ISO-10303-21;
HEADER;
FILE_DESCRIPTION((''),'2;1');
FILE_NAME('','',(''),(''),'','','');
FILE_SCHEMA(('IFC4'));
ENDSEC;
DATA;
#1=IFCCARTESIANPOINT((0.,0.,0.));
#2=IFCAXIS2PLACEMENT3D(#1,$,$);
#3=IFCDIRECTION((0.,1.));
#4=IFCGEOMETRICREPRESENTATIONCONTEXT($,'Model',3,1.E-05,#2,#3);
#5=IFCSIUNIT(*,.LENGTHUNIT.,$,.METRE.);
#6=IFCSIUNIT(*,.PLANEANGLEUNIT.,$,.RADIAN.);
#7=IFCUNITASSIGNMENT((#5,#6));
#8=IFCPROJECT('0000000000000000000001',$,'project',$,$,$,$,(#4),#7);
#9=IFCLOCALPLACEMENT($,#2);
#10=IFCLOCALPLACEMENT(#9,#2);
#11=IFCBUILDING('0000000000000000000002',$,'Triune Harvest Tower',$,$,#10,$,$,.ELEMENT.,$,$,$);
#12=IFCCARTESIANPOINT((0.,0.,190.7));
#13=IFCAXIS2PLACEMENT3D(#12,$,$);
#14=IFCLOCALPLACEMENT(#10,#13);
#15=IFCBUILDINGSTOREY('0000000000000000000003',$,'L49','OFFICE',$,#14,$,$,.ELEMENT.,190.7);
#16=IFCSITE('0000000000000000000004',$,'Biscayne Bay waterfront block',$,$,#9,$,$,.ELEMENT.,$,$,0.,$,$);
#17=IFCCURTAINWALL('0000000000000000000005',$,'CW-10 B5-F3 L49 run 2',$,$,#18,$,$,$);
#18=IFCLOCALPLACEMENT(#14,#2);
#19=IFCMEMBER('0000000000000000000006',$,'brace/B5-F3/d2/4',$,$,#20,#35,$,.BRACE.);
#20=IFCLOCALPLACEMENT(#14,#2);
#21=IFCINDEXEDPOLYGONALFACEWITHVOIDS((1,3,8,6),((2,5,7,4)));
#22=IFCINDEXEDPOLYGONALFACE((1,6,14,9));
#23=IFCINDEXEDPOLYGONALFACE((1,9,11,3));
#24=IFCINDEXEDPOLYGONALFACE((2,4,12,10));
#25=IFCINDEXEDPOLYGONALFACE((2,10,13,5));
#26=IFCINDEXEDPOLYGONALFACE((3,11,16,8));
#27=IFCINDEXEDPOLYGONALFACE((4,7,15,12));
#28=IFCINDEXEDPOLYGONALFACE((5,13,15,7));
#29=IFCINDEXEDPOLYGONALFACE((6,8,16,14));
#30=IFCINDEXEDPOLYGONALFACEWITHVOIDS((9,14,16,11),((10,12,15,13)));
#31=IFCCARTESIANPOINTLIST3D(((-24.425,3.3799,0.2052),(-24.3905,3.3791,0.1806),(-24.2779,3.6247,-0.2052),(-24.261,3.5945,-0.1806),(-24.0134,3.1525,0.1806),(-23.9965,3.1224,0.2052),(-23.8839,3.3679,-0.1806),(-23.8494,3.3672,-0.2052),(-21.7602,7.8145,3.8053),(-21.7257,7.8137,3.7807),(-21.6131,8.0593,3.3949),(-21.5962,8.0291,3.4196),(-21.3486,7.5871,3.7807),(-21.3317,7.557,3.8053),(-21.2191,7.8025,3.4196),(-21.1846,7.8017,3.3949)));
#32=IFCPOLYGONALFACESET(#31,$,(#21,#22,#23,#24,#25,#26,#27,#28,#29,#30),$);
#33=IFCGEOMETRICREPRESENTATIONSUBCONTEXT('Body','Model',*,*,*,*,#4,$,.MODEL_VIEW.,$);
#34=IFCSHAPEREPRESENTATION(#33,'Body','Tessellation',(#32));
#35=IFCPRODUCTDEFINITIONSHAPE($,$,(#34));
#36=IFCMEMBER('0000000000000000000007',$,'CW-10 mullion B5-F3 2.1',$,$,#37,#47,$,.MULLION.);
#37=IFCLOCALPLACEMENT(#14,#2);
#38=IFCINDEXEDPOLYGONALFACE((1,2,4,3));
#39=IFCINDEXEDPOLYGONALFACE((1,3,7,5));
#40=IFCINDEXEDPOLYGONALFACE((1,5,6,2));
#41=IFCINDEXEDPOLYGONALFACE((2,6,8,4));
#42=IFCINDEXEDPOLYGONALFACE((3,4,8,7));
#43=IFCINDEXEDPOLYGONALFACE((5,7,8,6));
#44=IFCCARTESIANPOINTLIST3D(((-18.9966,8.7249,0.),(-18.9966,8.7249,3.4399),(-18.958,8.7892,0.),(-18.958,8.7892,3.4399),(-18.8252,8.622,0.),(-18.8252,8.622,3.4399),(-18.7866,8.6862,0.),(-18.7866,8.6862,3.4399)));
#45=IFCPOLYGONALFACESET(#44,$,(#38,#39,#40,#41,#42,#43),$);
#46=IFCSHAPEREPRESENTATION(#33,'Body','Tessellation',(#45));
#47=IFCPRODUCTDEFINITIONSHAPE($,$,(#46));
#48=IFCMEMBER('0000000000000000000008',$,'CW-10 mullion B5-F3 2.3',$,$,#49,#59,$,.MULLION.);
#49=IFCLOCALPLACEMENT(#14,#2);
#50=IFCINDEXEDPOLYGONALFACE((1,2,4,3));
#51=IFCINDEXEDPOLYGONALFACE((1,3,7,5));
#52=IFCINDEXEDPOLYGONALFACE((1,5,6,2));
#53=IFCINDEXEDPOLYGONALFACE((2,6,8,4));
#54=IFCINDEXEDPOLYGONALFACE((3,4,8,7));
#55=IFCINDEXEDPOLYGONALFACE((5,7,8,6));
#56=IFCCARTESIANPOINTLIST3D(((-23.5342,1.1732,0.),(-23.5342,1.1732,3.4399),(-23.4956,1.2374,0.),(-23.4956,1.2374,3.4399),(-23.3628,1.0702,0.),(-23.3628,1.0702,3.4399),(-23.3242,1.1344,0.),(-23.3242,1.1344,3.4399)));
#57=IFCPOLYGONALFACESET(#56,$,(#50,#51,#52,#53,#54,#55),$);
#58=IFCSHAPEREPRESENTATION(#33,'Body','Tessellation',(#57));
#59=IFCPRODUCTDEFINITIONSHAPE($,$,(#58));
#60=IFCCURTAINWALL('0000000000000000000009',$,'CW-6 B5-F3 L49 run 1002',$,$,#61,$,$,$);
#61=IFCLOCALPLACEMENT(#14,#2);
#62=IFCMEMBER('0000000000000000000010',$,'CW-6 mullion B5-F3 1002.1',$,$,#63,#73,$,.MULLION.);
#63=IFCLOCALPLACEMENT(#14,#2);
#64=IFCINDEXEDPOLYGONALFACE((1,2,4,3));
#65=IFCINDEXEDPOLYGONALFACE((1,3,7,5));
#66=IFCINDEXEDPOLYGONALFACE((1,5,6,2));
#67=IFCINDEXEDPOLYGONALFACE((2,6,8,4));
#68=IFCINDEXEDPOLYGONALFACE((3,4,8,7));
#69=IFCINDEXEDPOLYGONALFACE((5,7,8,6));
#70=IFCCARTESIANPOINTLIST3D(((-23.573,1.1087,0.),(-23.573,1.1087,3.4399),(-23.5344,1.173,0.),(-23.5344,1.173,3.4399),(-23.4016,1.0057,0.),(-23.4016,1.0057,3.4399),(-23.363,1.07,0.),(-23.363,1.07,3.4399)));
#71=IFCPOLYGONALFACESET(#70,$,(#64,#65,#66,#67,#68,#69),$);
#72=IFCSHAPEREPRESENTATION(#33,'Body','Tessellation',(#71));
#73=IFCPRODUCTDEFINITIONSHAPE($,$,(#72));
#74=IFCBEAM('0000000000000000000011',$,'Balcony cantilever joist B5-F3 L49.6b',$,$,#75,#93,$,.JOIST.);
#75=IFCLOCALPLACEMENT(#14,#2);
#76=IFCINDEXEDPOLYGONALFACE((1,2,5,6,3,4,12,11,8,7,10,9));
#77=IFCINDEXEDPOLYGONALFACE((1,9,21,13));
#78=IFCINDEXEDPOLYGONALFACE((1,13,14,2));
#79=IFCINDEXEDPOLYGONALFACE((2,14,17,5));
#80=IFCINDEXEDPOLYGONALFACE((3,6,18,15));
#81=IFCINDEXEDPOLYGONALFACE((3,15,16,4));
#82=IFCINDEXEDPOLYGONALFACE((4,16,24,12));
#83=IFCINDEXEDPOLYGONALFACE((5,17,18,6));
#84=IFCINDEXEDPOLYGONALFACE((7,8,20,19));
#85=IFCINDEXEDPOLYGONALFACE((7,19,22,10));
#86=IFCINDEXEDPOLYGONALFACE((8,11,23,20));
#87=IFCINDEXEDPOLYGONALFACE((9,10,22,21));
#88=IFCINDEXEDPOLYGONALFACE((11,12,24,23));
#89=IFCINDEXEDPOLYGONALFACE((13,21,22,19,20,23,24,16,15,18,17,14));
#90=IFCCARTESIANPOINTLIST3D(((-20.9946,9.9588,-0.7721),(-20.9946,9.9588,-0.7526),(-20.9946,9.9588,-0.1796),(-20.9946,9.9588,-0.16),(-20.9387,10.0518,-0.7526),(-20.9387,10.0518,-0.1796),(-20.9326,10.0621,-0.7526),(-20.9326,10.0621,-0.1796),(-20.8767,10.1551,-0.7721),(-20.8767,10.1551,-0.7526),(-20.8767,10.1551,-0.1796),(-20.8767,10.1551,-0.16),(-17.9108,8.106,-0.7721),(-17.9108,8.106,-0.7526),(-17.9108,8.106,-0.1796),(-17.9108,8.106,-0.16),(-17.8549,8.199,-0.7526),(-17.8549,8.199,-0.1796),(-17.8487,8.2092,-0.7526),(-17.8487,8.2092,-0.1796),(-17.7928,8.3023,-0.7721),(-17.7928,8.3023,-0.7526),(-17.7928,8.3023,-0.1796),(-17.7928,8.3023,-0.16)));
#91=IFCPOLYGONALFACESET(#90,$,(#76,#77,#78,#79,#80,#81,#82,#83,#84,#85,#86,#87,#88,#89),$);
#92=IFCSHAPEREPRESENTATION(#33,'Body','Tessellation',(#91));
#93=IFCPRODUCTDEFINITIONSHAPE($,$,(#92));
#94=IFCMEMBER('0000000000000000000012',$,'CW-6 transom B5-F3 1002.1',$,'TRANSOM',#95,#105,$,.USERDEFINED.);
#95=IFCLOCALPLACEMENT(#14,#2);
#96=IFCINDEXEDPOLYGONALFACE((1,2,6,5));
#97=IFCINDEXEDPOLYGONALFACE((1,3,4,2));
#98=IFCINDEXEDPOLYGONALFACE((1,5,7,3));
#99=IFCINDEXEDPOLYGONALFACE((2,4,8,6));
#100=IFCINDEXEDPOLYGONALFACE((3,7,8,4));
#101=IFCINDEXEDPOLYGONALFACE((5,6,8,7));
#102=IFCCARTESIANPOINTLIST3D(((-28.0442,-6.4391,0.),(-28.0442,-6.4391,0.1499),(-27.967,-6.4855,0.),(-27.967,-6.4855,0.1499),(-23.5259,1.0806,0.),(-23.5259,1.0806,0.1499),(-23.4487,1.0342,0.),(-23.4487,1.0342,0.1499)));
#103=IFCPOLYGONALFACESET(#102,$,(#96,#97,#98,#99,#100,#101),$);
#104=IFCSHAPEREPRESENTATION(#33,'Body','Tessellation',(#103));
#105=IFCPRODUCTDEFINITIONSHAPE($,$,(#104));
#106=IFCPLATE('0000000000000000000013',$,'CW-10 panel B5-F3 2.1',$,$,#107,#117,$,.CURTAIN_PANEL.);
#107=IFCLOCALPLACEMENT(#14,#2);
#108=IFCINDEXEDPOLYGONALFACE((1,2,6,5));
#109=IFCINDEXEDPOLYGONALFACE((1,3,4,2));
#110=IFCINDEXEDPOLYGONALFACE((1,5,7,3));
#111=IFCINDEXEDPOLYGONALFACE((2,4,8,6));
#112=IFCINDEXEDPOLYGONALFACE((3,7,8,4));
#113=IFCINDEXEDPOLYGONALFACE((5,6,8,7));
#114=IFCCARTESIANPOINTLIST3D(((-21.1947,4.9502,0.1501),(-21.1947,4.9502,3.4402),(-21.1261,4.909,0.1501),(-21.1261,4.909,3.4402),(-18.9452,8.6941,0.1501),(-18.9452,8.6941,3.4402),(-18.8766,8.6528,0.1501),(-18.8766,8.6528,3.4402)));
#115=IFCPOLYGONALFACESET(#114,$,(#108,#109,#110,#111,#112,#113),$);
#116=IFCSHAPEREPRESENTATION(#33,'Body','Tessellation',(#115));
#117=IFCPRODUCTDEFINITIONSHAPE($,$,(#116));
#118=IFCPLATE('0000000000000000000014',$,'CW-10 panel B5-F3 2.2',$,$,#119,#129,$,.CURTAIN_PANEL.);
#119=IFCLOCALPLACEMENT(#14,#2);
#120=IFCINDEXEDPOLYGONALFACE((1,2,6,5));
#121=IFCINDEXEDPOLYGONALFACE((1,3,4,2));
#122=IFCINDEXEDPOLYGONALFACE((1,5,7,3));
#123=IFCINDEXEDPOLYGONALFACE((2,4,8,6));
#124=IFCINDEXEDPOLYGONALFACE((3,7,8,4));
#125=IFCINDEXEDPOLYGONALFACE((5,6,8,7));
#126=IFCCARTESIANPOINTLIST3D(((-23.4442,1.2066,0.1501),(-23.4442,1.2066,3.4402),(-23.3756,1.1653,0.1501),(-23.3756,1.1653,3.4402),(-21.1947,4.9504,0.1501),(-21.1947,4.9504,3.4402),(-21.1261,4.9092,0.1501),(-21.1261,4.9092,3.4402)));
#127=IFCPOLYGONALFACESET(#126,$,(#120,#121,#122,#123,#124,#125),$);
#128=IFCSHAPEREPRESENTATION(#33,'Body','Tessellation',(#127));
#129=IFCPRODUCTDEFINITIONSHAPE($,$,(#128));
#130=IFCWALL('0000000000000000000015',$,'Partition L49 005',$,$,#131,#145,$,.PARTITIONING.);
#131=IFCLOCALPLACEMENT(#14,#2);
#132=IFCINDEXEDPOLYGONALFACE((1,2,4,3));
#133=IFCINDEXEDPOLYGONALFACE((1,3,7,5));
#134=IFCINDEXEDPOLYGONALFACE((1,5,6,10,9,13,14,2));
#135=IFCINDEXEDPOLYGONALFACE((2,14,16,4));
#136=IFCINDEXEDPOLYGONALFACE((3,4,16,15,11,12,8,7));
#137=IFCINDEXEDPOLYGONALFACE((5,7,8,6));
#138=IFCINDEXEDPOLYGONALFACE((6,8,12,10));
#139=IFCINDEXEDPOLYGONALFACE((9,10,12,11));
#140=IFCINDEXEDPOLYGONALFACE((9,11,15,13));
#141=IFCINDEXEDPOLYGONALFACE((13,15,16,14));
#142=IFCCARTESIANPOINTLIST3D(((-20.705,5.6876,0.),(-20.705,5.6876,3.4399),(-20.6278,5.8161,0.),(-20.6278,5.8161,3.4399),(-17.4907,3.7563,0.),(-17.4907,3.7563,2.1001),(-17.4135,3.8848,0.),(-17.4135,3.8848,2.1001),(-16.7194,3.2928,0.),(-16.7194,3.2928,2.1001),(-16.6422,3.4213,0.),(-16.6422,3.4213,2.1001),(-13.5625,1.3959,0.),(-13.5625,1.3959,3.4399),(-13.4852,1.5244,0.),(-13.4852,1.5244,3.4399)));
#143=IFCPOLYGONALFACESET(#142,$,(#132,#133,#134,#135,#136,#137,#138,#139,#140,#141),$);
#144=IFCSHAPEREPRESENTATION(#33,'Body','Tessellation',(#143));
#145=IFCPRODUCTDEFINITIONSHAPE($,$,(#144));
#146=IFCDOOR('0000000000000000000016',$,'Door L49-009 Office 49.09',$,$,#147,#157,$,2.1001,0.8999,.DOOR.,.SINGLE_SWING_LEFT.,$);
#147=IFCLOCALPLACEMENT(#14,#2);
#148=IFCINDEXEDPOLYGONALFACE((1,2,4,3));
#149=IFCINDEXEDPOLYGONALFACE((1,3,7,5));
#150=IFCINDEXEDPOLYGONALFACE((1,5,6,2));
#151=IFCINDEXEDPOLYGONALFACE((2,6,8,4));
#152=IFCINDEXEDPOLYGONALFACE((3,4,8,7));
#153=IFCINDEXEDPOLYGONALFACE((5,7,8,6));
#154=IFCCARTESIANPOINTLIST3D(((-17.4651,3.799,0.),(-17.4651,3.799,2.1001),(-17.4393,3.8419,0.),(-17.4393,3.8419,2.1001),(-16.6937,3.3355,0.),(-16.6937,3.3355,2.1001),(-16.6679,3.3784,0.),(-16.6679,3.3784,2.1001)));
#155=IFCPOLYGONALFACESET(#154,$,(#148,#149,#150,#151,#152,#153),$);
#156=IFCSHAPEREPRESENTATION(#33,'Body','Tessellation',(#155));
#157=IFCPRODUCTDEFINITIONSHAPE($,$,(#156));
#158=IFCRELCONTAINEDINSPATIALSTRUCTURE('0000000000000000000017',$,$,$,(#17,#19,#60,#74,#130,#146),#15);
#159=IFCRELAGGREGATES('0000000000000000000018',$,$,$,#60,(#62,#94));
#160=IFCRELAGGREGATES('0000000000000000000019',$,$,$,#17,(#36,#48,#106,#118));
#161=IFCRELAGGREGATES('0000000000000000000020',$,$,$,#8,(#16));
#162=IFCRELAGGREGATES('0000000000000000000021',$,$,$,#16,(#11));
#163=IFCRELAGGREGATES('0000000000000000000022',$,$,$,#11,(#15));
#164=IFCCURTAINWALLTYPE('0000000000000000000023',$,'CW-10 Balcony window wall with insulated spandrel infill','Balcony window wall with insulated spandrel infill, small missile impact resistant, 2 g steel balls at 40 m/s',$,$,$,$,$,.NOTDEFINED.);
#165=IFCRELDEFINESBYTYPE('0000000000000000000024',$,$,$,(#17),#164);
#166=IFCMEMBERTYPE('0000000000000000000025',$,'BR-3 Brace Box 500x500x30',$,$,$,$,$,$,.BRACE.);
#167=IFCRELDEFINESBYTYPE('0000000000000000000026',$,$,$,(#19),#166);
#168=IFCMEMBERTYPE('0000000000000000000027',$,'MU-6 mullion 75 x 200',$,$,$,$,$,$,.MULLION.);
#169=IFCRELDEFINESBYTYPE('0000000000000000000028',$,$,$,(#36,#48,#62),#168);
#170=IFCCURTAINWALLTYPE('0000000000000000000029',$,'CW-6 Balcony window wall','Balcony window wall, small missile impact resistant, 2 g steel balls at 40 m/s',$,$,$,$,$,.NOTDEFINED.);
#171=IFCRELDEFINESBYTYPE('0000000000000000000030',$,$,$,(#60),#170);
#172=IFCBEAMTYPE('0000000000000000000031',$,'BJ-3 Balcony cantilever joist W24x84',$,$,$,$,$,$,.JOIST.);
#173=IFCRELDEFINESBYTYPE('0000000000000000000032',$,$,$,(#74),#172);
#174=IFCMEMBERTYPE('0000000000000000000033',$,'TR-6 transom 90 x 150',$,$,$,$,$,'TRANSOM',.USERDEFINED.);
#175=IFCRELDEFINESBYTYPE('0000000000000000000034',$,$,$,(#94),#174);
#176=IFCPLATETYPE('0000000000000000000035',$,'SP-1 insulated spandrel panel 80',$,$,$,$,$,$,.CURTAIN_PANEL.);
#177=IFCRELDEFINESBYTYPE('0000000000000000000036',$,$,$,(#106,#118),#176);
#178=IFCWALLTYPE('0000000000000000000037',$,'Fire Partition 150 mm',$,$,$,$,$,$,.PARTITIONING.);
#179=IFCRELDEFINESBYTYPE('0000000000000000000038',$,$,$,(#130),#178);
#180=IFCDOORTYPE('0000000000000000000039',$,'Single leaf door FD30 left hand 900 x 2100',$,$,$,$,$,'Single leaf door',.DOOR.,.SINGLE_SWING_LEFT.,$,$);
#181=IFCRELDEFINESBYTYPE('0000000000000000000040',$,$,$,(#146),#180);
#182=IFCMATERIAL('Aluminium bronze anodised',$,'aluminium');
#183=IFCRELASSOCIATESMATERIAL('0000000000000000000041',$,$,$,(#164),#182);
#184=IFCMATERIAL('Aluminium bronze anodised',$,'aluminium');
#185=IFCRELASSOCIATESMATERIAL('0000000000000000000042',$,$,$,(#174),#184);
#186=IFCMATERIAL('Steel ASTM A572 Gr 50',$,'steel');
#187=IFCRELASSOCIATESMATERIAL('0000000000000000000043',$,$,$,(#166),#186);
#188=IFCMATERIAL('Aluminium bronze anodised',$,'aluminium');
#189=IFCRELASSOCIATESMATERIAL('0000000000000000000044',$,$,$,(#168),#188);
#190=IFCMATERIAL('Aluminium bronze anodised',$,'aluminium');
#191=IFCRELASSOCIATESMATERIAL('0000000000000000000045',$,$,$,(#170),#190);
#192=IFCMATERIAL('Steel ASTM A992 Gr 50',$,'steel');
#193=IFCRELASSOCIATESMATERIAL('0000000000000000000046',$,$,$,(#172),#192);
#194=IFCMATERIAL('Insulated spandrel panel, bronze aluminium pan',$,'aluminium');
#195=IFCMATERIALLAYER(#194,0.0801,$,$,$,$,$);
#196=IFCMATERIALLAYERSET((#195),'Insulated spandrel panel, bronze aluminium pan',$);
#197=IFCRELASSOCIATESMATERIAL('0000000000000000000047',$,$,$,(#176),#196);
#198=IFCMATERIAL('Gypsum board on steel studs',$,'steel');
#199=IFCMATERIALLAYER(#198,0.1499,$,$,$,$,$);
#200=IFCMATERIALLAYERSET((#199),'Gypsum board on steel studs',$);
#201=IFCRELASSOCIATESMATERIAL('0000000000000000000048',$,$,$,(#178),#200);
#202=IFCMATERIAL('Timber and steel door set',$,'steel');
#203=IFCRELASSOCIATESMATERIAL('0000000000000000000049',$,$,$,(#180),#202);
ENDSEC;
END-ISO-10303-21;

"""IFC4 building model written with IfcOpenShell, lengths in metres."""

from ifc_helpers import new_model, si_unit, direction, frame, frame_2d, origin, origin_2d, place, context, subcontext, project, spatial, rectangle, hollow_rectangle, i_section, extrude, source, transform, mapped, material, layer, layer_set, material_profile, profile_set, type_object, element, fill, aggregate, save


model = new_model("IFC4")

# Units and contexts
model_context = context("Model", 3, precision=1e-05, world=origin(), true_north=direction((0.0, 1.0)))
body_context = subcontext(model_context, "Body", "Model", "MODEL_VIEW")
ifc_project = project(units=[si_unit("LENGTHUNIT", "METRE"), si_unit("PLANEANGLEUNIT", "RADIAN")], contexts=[model_context])

# Site, building, storey
site_placement = place(None, origin())
site = spatial("IfcSite", under=ifc_project, at=site_placement, Name="Biscayne Bay waterfront block", CompositionType="ELEMENT", RefElevation=0.0)
building_placement = place(site_placement, origin())
building = spatial("IfcBuilding", under=site, at=building_placement, Name="Triune Harvest Tower", CompositionType="ELEMENT")
storey_placement = place(building_placement, frame((0.0, 0.0, 190.7)))
storey = spatial("IfcBuildingStorey", under=building, at=storey_placement, Name="L49", Description="OFFICE", CompositionType="ELEMENT", Elevation=190.7)

# Curtain wall
ifc_material_1 = material(Name="Aluminium bronze anodised", Category="aluminium")
curtain_wall_type_1 = type_object("IfcCurtainWallType", Name="CW-10 Balcony window wall with insulated spandrel infill", Description="Balcony window wall with insulated spandrel infill, small missile impact resistant, 2 g steel balls at 40 m/s", PredefinedType="NOTDEFINED", material=ifc_material_1)
curtain_wall_1_placement = place(storey_placement, origin())
curtain_wall_1 = element("IfcCurtainWall", 1, at=curtain_wall_1_placement, inside=storey, type_object=curtain_wall_type_1, Name="CW-10 B5-F3 L49 run 2")
ifc_material_2 = material(Name="Aluminium bronze anodised", Category="aluminium")
ifc_material_profile_1 = material_profile(ifc_material_2, rectangle(XDim=0.0901, YDim=0.1499, at=origin_2d()), Name="TR-6 transom 90 x 150")
ifc_profile_set_1 = profile_set([ifc_material_profile_1], Name="Aluminium bronze anodised")
member_type_1 = type_object("IfcMemberType", Name="TR-6 transom 90 x 150", ElementType="TRANSOM", PredefinedType="USERDEFINED", material=ifc_profile_set_1)

# Members
ifc_material_3 = material(Name="Steel ASTM A572 Gr 50", Category="steel")
ifc_material_profile_2 = material_profile(ifc_material_3, hollow_rectangle(XDim=0.5, YDim=0.5, WallThickness=0.03, at=origin_2d()), Name="Box 500x500x30")
ifc_profile_set_2 = profile_set([ifc_material_profile_2], Name="Steel ASTM A572 Gr 50")
member_type_2 = type_object("IfcMemberType", Name="BR-3 Brace Box 500x500x30", PredefinedType="BRACE", material=ifc_profile_set_2)
shared_shape_1 = source(origin(), body_context, "Body", "SweptSolid", [
    extrude(hollow_rectangle(XDim=0.5, YDim=0.5, WallThickness=0.03, at=origin_2d()), origin(), (0.0, 0.0, 1.0), 6.303),
])
member_1_placement = place(storey_placement, frame((-24.1372, 3.3735, 0.0), z_axis=(0.422785, 0.70357, 0.571176), x_axis=(-0.857147, 0.515072, 0.0)))
element("IfcMember", 2, at=member_1_placement, inside=storey, type_object=member_type_2, Name="brace/B5-F3/d2/4", PredefinedType="BRACE", context=body_context, shape_type="MappedRepresentation", body=[
    mapped(shared_shape_1, transform((0.0, 0.0, 0.0), scale=1.0)),
])
ifc_material_4 = material(Name="Aluminium bronze anodised", Category="aluminium")
ifc_material_profile_3 = material_profile(ifc_material_4, rectangle(XDim=0.2, YDim=0.075, at=origin_2d()), Name="MU-6 mullion 75 x 200")
ifc_profile_set_3 = profile_set([ifc_material_profile_3], Name="Aluminium bronze anodised")
member_type_3 = type_object("IfcMemberType", Name="MU-6 mullion 75 x 200", PredefinedType="MULLION", material=ifc_profile_set_3)
shared_shape_2 = source(origin(), body_context, "Body", "SweptSolid", [
    extrude(rectangle(XDim=0.2, YDim=0.075, at=origin_2d()), origin(), (0.0, 0.0, 1.0), 3.4399),
])
member_2_placement = place(storey_placement, frame((-18.8916, 8.7056, 0.0), z_axis=(0.0, 0.0, 1.0), x_axis=(0.857168, -0.515038, 0.0)))
member_2 = element("IfcMember", 3, at=member_2_placement, type_object=member_type_3, Name="CW-10 mullion B5-F3 2.1", PredefinedType="MULLION", context=body_context, shape_type="MappedRepresentation", body=[
    mapped(shared_shape_2, transform((0.0, 0.0, 0.0), scale=1.0)),
])
member_3_placement = place(storey_placement, frame((-23.4292, 1.1538, 0.0), z_axis=(0.0, 0.0, 1.0), x_axis=(0.857168, -0.515038, 0.0)))
member_3 = element("IfcMember", 4, at=member_3_placement, type_object=member_type_3, Name="CW-10 mullion B5-F3 2.3", PredefinedType="MULLION", context=body_context, shape_type="MappedRepresentation", body=[
    mapped(shared_shape_2, transform((0.0, 0.0, 0.0), scale=1.0)),
])

# Curtain wall, member
ifc_material_5 = material(Name="Aluminium bronze anodised", Category="aluminium")
curtain_wall_type_2 = type_object("IfcCurtainWallType", Name="CW-6 Balcony window wall", Description="Balcony window wall, small missile impact resistant, 2 g steel balls at 40 m/s", PredefinedType="NOTDEFINED", material=ifc_material_5)
curtain_wall_2_placement = place(storey_placement, origin())
curtain_wall_2 = element("IfcCurtainWall", 5, at=curtain_wall_2_placement, inside=storey, type_object=curtain_wall_type_2, Name="CW-6 B5-F3 L49 run 1002")
member_4_placement = place(storey_placement, frame((-23.468, 1.0894, 0.0), z_axis=(0.0, 0.0, 1.0), x_axis=(0.857169, -0.515036, 0.0)))
member_4 = element("IfcMember", 6, at=member_4_placement, type_object=member_type_3, Name="CW-6 mullion B5-F3 1002.1", PredefinedType="MULLION", context=body_context, shape_type="MappedRepresentation", body=[
    mapped(shared_shape_2, transform((0.0, 0.0, 0.0), scale=1.0)),
])

# Beam
ifc_material_6 = material(Name="Steel ASTM A992 Gr 50", Category="steel")
ifc_material_profile_4 = material_profile(ifc_material_6, i_section(OverallWidth=0.229, OverallDepth=0.6121, WebThickness=0.012, FlangeThickness=0.0195, at=origin_2d()), Name="W24x84")
ifc_profile_set_4 = profile_set([ifc_material_profile_4], Name="Steel ASTM A992 Gr 50")
beam_type_1 = type_object("IfcBeamType", Name="BJ-3 Balcony cantilever joist W24x84", PredefinedType="JOIST", material=ifc_profile_set_4)
shared_shape_3 = source(origin(), body_context, "Body", "SweptSolid", [
    extrude(i_section(OverallWidth=0.229, OverallDepth=0.6121, WebThickness=0.012, FlangeThickness=0.0195, at=origin_2d()), origin(), (0.0, 0.0, 1.0), 3.5977),
])
beam_1_placement = place(storey_placement, frame((-17.8518, 8.2041, -0.4661), z_axis=(-0.857181, 0.515015, 0.0), x_axis=(-0.515015, -0.857181, 0.0)))
element("IfcBeam", 7, at=beam_1_placement, inside=storey, type_object=beam_type_1, Name="Balcony cantilever joist B5-F3 L49.6b", PredefinedType="JOIST", context=body_context, shape_type="MappedRepresentation", body=[
    mapped(shared_shape_3, transform((0.0, 0.0, 0.0), scale=1.0)),
])

# Member
shared_shape_4 = source(origin(), body_context, "Body", "SweptSolid", [
    extrude(rectangle(XDim=0.0901, YDim=0.1499, at=origin_2d()), origin(), (0.0, 0.0, 1.0), 8.7727),
])
member_5_placement = place(storey_placement, frame((-23.4873, 1.0574, 0.075), z_axis=(-0.515036, -0.857169, 0.0), x_axis=(0.857169, -0.515036, 0.0)))
member_5 = element("IfcMember", 8, at=member_5_placement, type_object=member_type_1, Name="CW-6 transom B5-F3 1002.1", ObjectType="TRANSOM", PredefinedType="USERDEFINED", context=body_context, shape_type="MappedRepresentation", body=[
    mapped(shared_shape_4, transform((0.0, 0.0, 0.0), scale=1.0)),
])
aggregate(curtain_wall_2, [member_4, member_5])

# Plates
ifc_material_7 = material(Name="Insulated spandrel panel, bronze aluminium pan", Category="aluminium")
ifc_layer_1 = layer(ifc_material_7, 0.0801)
ifc_layer_set_1 = layer_set([ifc_layer_1], Name="Insulated spandrel panel, bronze aluminium pan")
plate_type = type_object("IfcPlateType", Name="SP-1 insulated spandrel panel 80", PredefinedType="CURTAIN_PANEL", material=ifc_layer_set_1)
shared_shape_5 = source(origin(), body_context, "Body", "SweptSolid", [
    extrude(rectangle(XDim=4.3677, YDim=0.0801, at=origin_2d()), origin(), (0.0, 0.0, 1.0), 3.29),
])
plate_1_placement = place(storey_placement, frame((-20.0356, 6.8015, 0.1501), z_axis=(0.0, 0.0, 1.0), x_axis=(-0.515038, -0.857168, 0.0)))
plate_1 = element("IfcPlate", 9, at=plate_1_placement, type_object=plate_type, Name="CW-10 panel B5-F3 2.1", PredefinedType="CURTAIN_PANEL", context=body_context, shape_type="MappedRepresentation", body=[
    mapped(shared_shape_5, transform((0.0, 0.0, 0.0), scale=1.0)),
])
plate_2_placement = place(storey_placement, frame((-22.2852, 3.0579, 0.1501), z_axis=(0.0, 0.0, 1.0), x_axis=(-0.515038, -0.857168, 0.0)))
plate_2 = element("IfcPlate", 10, at=plate_2_placement, type_object=plate_type, Name="CW-10 panel B5-F3 2.2", PredefinedType="CURTAIN_PANEL", context=body_context, shape_type="MappedRepresentation", body=[
    mapped(shared_shape_5, transform((0.0, 0.0, 0.0), scale=1.0)),
])
aggregate(curtain_wall_1, [member_2, member_3, plate_1, plate_2])

# Wall, opening, door
ifc_material_8 = material(Name="Gypsum board on steel studs", Category="steel")
ifc_layer_2 = layer(ifc_material_8, 0.1499)
ifc_layer_set_2 = layer_set([ifc_layer_2], Name="Gypsum board on steel studs")
wall_type_1 = type_object("IfcWallType", Name="Fire Partition 150 mm", PredefinedType="PARTITIONING", material=ifc_layer_set_2)
wall_1_placement = place(storey_placement, frame((-20.6665, 5.752, 0.0), z_axis=(0.0, 0.0, 1.0), x_axis=(0.857164, -0.515043, 0.0)))
wall_1 = element("IfcWall", 11, at=wall_1_placement, inside=storey, type_object=wall_type_1, Name="Partition L49 005", PredefinedType="PARTITIONING", context=body_context, shape_type="SweptSolid", body=[
    extrude(rectangle(XDim=8.3328, YDim=0.1499, at=frame_2d((4.1665, 0.0))), origin(), (0.0, 0.0, 1.0), 3.4399),
])
opening_1_placement = place(wall_1_placement, frame((3.75, 0.0, 0.0)))
opening_1 = element("IfcOpeningElement", 12, at=opening_1_placement, cuts=wall_1, PredefinedType="OPENING", context=body_context, shape_type="SweptSolid", body=[
    extrude(rectangle(XDim=0.8999, YDim=2.1001, at=frame_2d((0.45, 1.05))), frame((0.0, 0.085, 0.0), z_axis=(0.0, -1.0, 0.0), x_axis=(1.0, 0.0, 0.0)), (0.0, 0.0, 1.0), 0.1699),
])
ifc_material_9 = material(Name="Timber and steel door set", Category="steel")
door_type_1 = type_object("IfcDoorType", Name="Single leaf door FD30 left hand 900 x 2100", ElementType="Single leaf door", OperationType="SINGLE_SWING_LEFT", PredefinedType="DOOR", material=ifc_material_9)
door_1_placement = place(opening_1_placement, origin())
door_1 = element("IfcDoor", 13, at=door_1_placement, inside=storey, type_object=door_type_1, Name="Door L49-009 Office 49.09", OperationType="SINGLE_SWING_LEFT", OverallHeight=2.1001, OverallWidth=0.8999, PredefinedType="DOOR", context=body_context, shape_type="SweptSolid", body=[
    extrude(rectangle(XDim=0.8999, YDim=2.1001, at=frame_2d((0.45, 1.05))), frame((0.0, 0.0249, 0.0), z_axis=(0.0, -1.0, 0.0), x_axis=(1.0, 0.0, 0.0)), (0.0, 0.0, 1.0), 0.05),
])
fill(opening_1, door_1)

save(model, "model.ifc")
